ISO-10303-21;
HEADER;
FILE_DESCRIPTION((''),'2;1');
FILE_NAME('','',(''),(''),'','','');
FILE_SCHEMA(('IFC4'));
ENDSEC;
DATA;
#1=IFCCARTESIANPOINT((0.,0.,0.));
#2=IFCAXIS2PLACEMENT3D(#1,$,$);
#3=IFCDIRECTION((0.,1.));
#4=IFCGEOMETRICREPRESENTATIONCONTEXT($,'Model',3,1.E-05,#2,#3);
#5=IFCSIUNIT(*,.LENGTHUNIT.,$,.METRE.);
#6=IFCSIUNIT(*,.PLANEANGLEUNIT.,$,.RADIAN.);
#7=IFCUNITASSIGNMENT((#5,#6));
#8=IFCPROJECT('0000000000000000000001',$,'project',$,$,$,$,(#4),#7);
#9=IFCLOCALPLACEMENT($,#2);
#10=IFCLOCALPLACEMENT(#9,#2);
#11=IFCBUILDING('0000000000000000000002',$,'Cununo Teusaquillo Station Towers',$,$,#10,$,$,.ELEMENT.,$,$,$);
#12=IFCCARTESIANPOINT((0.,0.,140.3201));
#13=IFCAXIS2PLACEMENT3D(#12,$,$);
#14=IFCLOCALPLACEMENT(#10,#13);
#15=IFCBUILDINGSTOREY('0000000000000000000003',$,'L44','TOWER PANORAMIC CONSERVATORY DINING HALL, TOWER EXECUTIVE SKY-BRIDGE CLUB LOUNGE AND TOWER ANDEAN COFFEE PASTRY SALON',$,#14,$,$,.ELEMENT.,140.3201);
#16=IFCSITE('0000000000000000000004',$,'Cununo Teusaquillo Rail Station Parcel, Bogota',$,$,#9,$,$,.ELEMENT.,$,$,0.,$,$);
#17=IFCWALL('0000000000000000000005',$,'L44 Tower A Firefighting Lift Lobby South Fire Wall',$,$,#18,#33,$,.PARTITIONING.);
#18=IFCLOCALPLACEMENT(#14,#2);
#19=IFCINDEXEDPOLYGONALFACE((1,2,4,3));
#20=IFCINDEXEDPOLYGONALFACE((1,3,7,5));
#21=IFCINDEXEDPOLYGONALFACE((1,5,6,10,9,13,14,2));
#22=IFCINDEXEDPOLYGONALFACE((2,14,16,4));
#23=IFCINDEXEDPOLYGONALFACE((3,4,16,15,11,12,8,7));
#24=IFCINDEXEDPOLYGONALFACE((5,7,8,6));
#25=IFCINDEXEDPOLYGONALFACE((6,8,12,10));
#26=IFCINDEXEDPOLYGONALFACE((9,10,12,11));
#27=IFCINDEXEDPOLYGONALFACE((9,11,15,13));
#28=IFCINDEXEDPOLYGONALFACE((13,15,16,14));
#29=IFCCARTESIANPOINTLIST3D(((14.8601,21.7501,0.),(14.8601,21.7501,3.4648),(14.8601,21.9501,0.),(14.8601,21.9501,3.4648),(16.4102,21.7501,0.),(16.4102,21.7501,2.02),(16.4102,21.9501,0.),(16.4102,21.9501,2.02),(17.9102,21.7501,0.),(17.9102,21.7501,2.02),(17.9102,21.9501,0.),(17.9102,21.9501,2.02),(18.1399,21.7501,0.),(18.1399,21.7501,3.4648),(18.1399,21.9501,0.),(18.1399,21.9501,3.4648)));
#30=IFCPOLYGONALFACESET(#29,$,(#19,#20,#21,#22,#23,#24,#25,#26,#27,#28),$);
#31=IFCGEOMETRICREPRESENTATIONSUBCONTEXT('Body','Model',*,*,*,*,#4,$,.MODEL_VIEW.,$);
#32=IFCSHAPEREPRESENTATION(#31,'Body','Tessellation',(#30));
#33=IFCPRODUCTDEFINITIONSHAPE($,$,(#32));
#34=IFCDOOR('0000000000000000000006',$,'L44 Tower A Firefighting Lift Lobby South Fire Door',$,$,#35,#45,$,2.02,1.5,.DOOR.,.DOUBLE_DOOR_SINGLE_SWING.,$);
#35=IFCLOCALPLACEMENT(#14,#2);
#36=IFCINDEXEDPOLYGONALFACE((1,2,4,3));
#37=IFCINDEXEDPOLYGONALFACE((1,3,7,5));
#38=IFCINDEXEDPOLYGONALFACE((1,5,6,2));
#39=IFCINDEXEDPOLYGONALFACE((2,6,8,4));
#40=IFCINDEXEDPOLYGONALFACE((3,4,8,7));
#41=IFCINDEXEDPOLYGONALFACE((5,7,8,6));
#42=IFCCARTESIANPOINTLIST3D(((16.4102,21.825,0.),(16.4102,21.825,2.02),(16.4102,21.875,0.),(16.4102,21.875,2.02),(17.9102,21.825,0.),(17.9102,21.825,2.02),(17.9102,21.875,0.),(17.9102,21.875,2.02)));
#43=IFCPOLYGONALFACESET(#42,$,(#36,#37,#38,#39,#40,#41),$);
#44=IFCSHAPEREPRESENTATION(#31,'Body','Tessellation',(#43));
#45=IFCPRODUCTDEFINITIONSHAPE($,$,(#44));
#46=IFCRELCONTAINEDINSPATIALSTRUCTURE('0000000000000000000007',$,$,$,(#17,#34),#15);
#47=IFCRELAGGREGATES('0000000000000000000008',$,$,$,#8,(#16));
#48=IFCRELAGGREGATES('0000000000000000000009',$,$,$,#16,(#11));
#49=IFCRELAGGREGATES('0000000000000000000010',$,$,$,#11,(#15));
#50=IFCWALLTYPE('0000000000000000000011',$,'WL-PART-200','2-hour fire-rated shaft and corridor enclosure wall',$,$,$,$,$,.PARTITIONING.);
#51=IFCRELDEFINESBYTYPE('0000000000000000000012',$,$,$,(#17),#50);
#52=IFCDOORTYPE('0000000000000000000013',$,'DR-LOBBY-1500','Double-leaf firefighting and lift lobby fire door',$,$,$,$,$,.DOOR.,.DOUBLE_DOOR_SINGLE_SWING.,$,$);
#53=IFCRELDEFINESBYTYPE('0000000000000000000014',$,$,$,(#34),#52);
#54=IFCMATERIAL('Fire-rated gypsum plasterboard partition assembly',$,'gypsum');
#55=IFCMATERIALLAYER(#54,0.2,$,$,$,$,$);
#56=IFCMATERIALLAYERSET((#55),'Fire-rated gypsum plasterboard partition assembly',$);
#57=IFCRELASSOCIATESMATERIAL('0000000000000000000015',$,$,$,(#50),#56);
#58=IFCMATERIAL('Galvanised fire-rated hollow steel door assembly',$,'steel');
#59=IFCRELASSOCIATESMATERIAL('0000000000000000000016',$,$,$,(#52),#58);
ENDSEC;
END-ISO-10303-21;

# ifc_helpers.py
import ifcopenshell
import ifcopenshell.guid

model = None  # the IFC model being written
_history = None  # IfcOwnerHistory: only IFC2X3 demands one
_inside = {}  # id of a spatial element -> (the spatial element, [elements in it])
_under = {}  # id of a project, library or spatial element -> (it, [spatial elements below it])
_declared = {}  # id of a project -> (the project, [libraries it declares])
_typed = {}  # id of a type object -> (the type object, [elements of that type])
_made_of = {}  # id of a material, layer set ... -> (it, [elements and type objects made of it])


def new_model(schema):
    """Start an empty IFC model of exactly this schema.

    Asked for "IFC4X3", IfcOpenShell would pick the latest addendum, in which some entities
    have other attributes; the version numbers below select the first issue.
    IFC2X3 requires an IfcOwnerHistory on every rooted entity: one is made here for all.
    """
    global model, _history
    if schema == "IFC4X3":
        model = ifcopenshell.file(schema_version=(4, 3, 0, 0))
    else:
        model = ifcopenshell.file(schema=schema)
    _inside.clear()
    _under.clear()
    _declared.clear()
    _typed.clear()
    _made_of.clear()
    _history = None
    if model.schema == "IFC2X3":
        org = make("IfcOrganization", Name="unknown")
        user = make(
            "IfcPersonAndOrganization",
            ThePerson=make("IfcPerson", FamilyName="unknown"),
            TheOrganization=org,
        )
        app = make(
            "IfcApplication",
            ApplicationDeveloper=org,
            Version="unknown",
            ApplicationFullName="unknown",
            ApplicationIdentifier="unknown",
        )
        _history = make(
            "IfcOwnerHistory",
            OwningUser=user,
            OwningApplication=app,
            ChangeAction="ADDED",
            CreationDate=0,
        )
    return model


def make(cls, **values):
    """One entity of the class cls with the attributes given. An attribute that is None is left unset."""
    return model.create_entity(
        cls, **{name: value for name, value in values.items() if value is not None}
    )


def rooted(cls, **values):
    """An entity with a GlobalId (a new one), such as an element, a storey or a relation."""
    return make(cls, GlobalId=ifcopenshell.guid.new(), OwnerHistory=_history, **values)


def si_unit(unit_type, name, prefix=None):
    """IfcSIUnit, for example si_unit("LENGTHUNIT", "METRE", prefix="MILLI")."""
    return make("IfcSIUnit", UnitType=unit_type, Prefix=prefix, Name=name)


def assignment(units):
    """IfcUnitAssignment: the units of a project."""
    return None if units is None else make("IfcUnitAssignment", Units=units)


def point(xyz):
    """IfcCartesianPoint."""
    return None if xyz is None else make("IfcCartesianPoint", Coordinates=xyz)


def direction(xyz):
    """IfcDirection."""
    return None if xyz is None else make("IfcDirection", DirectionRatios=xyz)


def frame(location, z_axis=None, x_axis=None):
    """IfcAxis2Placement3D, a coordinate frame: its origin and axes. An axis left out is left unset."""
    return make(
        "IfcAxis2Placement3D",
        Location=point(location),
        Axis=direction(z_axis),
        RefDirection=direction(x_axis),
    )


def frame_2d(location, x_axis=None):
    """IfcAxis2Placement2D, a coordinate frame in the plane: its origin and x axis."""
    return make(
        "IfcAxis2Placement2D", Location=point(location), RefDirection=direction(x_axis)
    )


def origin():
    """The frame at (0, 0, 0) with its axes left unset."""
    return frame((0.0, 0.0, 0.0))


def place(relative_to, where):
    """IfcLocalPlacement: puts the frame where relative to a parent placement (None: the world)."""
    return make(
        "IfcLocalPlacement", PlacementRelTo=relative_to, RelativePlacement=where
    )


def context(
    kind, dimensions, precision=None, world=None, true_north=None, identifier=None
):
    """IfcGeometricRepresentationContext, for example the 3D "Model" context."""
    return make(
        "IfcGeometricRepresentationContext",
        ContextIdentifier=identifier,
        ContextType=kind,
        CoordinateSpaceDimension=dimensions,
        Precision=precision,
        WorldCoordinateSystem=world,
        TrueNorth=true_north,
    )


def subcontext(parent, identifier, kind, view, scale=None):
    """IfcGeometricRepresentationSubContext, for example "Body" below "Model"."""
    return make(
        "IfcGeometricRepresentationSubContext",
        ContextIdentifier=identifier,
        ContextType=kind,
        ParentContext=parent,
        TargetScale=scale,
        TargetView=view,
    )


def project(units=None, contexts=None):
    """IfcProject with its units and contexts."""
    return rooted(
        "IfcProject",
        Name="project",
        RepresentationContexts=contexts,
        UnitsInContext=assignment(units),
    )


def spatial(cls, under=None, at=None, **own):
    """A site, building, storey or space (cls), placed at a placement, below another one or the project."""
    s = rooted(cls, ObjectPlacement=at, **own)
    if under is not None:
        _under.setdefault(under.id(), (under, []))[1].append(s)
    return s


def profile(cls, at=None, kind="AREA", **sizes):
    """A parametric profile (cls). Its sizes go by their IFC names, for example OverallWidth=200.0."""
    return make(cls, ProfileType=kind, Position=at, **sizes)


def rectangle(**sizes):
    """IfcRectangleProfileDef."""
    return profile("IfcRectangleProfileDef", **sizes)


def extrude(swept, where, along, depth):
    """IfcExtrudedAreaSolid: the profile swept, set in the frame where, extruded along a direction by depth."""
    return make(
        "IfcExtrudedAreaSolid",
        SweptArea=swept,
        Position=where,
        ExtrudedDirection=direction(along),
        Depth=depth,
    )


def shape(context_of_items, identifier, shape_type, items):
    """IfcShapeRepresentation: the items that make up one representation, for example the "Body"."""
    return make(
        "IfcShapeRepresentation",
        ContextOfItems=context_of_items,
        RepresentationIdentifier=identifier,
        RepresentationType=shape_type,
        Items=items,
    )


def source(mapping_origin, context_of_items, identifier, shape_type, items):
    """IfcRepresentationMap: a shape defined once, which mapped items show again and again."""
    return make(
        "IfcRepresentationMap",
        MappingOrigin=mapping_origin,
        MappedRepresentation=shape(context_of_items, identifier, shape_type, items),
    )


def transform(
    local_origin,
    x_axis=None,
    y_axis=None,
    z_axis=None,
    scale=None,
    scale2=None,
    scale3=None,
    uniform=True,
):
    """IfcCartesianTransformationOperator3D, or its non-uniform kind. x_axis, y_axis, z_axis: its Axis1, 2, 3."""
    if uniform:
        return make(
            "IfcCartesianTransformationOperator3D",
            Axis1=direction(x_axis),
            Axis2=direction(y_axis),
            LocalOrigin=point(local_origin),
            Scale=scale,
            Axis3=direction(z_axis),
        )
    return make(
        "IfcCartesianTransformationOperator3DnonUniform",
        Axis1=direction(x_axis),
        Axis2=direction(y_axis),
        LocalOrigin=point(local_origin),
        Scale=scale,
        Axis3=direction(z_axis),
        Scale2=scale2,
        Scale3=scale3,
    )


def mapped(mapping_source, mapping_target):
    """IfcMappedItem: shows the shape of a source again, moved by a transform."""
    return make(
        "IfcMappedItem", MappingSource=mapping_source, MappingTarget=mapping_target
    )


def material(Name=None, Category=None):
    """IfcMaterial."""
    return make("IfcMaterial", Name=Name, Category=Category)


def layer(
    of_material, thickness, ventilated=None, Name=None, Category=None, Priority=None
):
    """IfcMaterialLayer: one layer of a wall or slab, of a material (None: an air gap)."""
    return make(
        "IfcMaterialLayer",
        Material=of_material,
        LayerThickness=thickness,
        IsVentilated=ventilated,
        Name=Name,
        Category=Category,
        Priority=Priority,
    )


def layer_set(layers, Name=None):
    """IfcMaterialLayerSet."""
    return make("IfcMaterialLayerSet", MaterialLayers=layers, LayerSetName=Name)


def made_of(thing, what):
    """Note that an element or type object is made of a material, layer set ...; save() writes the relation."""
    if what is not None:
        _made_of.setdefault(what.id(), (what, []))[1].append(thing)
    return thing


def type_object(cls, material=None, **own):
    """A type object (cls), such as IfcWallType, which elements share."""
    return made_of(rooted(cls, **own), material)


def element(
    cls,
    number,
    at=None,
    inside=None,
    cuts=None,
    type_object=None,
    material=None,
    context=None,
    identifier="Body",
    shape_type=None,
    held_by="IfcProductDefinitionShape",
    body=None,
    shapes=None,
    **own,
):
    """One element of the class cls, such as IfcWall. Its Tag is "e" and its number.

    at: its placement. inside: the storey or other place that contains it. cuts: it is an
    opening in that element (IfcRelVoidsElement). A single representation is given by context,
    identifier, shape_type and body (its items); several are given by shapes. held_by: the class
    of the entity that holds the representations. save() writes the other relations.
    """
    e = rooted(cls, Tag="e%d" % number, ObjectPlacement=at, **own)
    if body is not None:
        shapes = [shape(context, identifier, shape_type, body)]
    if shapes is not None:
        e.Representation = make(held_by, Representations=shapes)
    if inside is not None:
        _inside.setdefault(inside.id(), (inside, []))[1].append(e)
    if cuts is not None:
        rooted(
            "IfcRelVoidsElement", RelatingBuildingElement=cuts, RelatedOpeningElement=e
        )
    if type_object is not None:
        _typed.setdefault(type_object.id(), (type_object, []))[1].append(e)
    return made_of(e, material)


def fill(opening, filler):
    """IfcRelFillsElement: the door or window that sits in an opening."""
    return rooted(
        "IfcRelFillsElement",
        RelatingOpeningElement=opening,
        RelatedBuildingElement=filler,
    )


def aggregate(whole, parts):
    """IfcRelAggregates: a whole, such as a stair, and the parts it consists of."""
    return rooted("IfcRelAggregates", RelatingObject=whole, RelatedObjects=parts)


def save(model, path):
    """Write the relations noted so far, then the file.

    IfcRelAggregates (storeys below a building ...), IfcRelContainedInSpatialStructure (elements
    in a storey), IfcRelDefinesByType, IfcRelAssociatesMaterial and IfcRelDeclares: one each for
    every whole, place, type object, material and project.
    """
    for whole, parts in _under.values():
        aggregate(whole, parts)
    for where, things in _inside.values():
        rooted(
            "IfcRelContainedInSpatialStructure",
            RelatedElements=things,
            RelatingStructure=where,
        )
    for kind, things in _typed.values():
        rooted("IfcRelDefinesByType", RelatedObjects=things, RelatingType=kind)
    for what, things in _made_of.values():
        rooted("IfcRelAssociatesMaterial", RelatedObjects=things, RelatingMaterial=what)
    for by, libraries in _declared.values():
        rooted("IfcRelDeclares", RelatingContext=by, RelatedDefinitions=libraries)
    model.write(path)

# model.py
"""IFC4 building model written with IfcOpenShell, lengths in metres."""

from ifc_helpers import new_model, si_unit, direction, frame, frame_2d, origin, place, context, subcontext, project, spatial, rectangle, extrude, source, transform, mapped, material, layer, layer_set, type_object, element, fill, save


model = new_model("IFC4")

# Units and contexts
model_context = context("Model", 3, precision=1e-05, world=origin(), true_north=direction((0.0, 1.0)))
body_context = subcontext(model_context, "Body", "Model", "MODEL_VIEW")
ifc_project = project(units=[si_unit("LENGTHUNIT", "METRE"), si_unit("PLANEANGLEUNIT", "RADIAN")], contexts=[model_context])

# Site, building, storey
site_placement = place(None, origin())
site = spatial("IfcSite", under=ifc_project, at=site_placement, Name="Cununo Teusaquillo Rail Station Parcel, Bogota", CompositionType="ELEMENT", RefElevation=0.0)
building_placement = place(site_placement, origin())
building = spatial("IfcBuilding", under=site, at=building_placement, Name="Cununo Teusaquillo Station Towers", CompositionType="ELEMENT")
storey_placement = place(building_placement, frame((0.0, 0.0, 140.3201)))
storey = spatial("IfcBuildingStorey", under=building, at=storey_placement, Name="L44", Description="TOWER PANORAMIC CONSERVATORY DINING HALL, TOWER EXECUTIVE SKY-BRIDGE CLUB LOUNGE AND TOWER ANDEAN COFFEE PASTRY SALON", CompositionType="ELEMENT", Elevation=140.3201)

# Wall, opening, door
ifc_material_1 = material(Name="Fire-rated gypsum plasterboard partition assembly", Category="gypsum")
ifc_layer_1 = layer(ifc_material_1, 0.2)
ifc_layer_set_1 = layer_set([ifc_layer_1], Name="Fire-rated gypsum plasterboard partition assembly")
wall_type_1 = type_object("IfcWallType", Name="WL-PART-200", Description="2-hour fire-rated shaft and corridor enclosure wall", PredefinedType="PARTITIONING", material=ifc_layer_set_1)
wall_1_placement = place(storey_placement, frame((14.8601, 21.8501, 0.0), z_axis=(0.0, 0.0, 1.0), x_axis=(1.0, 0.0, 0.0)))
wall_1 = element("IfcWall", 1, at=wall_1_placement, inside=storey, type_object=wall_type_1, Name="L44 Tower A Firefighting Lift Lobby South Fire Wall", PredefinedType="PARTITIONING", context=body_context, shape_type="SweptSolid", body=[
    extrude(rectangle(XDim=3.2798, YDim=0.2, at=frame_2d((1.6399, 0.0))), origin(), (0.0, 0.0, 1.0), 3.4648),
])
shared_shape_1 = source(origin(), body_context, "Body", "SweptSolid", [
    extrude(rectangle(XDim=1.5, YDim=2.02, at=frame_2d((0.75, 1.01))), frame((0.0, 0.1099, 0.0), z_axis=(0.0, -1.0, 0.0), x_axis=(1.0, 0.0, 0.0)), (0.0, 0.0, 1.0), 0.22),
])
opening_1_placement = place(wall_1_placement, frame((1.55, 0.0, 0.0)))
opening_1 = element("IfcOpeningElement", 2, at=opening_1_placement, cuts=wall_1, PredefinedType="OPENING", context=body_context, shape_type="MappedRepresentation", body=[
    mapped(shared_shape_1, transform((0.0, 0.0, 0.0), x_axis=(1.0, 0.0, 0.0), y_axis=(0.0, 1.0, 0.0), z_axis=(0.0, 0.0, 1.0), scale=1.0)),
])
ifc_material_2 = material(Name="Galvanised fire-rated hollow steel door assembly", Category="steel")
door_type_1 = type_object("IfcDoorType", Name="DR-LOBBY-1500", Description="Double-leaf firefighting and lift lobby fire door", OperationType="DOUBLE_DOOR_SINGLE_SWING", PredefinedType="DOOR", material=ifc_material_2)
shared_shape_2 = source(origin(), body_context, "Body", "SweptSolid", [
    extrude(rectangle(XDim=1.5, YDim=2.02, at=frame_2d((0.75, 1.01))), frame((0.0, 0.0249, 0.0), z_axis=(0.0, -1.0, 0.0), x_axis=(1.0, 0.0, 0.0)), (0.0, 0.0, 1.0), 0.05),
])
door_1_placement = place(opening_1_placement, origin())
door_1 = element("IfcDoor", 3, at=door_1_placement, inside=storey, type_object=door_type_1, Name="L44 Tower A Firefighting Lift Lobby South Fire Door", OperationType="DOUBLE_DOOR_SINGLE_SWING", OverallHeight=2.02, OverallWidth=1.5, PredefinedType="DOOR", context=body_context, shape_type="MappedRepresentation", body=[
    mapped(shared_shape_2, transform((0.0, 0.0, 0.0), x_axis=(1.0, 0.0, 0.0), y_axis=(0.0, 1.0, 0.0), z_axis=(0.0, 0.0, 1.0), scale=1.0)),
])
fill(opening_1, door_1)

save(model, "model.ifc")
